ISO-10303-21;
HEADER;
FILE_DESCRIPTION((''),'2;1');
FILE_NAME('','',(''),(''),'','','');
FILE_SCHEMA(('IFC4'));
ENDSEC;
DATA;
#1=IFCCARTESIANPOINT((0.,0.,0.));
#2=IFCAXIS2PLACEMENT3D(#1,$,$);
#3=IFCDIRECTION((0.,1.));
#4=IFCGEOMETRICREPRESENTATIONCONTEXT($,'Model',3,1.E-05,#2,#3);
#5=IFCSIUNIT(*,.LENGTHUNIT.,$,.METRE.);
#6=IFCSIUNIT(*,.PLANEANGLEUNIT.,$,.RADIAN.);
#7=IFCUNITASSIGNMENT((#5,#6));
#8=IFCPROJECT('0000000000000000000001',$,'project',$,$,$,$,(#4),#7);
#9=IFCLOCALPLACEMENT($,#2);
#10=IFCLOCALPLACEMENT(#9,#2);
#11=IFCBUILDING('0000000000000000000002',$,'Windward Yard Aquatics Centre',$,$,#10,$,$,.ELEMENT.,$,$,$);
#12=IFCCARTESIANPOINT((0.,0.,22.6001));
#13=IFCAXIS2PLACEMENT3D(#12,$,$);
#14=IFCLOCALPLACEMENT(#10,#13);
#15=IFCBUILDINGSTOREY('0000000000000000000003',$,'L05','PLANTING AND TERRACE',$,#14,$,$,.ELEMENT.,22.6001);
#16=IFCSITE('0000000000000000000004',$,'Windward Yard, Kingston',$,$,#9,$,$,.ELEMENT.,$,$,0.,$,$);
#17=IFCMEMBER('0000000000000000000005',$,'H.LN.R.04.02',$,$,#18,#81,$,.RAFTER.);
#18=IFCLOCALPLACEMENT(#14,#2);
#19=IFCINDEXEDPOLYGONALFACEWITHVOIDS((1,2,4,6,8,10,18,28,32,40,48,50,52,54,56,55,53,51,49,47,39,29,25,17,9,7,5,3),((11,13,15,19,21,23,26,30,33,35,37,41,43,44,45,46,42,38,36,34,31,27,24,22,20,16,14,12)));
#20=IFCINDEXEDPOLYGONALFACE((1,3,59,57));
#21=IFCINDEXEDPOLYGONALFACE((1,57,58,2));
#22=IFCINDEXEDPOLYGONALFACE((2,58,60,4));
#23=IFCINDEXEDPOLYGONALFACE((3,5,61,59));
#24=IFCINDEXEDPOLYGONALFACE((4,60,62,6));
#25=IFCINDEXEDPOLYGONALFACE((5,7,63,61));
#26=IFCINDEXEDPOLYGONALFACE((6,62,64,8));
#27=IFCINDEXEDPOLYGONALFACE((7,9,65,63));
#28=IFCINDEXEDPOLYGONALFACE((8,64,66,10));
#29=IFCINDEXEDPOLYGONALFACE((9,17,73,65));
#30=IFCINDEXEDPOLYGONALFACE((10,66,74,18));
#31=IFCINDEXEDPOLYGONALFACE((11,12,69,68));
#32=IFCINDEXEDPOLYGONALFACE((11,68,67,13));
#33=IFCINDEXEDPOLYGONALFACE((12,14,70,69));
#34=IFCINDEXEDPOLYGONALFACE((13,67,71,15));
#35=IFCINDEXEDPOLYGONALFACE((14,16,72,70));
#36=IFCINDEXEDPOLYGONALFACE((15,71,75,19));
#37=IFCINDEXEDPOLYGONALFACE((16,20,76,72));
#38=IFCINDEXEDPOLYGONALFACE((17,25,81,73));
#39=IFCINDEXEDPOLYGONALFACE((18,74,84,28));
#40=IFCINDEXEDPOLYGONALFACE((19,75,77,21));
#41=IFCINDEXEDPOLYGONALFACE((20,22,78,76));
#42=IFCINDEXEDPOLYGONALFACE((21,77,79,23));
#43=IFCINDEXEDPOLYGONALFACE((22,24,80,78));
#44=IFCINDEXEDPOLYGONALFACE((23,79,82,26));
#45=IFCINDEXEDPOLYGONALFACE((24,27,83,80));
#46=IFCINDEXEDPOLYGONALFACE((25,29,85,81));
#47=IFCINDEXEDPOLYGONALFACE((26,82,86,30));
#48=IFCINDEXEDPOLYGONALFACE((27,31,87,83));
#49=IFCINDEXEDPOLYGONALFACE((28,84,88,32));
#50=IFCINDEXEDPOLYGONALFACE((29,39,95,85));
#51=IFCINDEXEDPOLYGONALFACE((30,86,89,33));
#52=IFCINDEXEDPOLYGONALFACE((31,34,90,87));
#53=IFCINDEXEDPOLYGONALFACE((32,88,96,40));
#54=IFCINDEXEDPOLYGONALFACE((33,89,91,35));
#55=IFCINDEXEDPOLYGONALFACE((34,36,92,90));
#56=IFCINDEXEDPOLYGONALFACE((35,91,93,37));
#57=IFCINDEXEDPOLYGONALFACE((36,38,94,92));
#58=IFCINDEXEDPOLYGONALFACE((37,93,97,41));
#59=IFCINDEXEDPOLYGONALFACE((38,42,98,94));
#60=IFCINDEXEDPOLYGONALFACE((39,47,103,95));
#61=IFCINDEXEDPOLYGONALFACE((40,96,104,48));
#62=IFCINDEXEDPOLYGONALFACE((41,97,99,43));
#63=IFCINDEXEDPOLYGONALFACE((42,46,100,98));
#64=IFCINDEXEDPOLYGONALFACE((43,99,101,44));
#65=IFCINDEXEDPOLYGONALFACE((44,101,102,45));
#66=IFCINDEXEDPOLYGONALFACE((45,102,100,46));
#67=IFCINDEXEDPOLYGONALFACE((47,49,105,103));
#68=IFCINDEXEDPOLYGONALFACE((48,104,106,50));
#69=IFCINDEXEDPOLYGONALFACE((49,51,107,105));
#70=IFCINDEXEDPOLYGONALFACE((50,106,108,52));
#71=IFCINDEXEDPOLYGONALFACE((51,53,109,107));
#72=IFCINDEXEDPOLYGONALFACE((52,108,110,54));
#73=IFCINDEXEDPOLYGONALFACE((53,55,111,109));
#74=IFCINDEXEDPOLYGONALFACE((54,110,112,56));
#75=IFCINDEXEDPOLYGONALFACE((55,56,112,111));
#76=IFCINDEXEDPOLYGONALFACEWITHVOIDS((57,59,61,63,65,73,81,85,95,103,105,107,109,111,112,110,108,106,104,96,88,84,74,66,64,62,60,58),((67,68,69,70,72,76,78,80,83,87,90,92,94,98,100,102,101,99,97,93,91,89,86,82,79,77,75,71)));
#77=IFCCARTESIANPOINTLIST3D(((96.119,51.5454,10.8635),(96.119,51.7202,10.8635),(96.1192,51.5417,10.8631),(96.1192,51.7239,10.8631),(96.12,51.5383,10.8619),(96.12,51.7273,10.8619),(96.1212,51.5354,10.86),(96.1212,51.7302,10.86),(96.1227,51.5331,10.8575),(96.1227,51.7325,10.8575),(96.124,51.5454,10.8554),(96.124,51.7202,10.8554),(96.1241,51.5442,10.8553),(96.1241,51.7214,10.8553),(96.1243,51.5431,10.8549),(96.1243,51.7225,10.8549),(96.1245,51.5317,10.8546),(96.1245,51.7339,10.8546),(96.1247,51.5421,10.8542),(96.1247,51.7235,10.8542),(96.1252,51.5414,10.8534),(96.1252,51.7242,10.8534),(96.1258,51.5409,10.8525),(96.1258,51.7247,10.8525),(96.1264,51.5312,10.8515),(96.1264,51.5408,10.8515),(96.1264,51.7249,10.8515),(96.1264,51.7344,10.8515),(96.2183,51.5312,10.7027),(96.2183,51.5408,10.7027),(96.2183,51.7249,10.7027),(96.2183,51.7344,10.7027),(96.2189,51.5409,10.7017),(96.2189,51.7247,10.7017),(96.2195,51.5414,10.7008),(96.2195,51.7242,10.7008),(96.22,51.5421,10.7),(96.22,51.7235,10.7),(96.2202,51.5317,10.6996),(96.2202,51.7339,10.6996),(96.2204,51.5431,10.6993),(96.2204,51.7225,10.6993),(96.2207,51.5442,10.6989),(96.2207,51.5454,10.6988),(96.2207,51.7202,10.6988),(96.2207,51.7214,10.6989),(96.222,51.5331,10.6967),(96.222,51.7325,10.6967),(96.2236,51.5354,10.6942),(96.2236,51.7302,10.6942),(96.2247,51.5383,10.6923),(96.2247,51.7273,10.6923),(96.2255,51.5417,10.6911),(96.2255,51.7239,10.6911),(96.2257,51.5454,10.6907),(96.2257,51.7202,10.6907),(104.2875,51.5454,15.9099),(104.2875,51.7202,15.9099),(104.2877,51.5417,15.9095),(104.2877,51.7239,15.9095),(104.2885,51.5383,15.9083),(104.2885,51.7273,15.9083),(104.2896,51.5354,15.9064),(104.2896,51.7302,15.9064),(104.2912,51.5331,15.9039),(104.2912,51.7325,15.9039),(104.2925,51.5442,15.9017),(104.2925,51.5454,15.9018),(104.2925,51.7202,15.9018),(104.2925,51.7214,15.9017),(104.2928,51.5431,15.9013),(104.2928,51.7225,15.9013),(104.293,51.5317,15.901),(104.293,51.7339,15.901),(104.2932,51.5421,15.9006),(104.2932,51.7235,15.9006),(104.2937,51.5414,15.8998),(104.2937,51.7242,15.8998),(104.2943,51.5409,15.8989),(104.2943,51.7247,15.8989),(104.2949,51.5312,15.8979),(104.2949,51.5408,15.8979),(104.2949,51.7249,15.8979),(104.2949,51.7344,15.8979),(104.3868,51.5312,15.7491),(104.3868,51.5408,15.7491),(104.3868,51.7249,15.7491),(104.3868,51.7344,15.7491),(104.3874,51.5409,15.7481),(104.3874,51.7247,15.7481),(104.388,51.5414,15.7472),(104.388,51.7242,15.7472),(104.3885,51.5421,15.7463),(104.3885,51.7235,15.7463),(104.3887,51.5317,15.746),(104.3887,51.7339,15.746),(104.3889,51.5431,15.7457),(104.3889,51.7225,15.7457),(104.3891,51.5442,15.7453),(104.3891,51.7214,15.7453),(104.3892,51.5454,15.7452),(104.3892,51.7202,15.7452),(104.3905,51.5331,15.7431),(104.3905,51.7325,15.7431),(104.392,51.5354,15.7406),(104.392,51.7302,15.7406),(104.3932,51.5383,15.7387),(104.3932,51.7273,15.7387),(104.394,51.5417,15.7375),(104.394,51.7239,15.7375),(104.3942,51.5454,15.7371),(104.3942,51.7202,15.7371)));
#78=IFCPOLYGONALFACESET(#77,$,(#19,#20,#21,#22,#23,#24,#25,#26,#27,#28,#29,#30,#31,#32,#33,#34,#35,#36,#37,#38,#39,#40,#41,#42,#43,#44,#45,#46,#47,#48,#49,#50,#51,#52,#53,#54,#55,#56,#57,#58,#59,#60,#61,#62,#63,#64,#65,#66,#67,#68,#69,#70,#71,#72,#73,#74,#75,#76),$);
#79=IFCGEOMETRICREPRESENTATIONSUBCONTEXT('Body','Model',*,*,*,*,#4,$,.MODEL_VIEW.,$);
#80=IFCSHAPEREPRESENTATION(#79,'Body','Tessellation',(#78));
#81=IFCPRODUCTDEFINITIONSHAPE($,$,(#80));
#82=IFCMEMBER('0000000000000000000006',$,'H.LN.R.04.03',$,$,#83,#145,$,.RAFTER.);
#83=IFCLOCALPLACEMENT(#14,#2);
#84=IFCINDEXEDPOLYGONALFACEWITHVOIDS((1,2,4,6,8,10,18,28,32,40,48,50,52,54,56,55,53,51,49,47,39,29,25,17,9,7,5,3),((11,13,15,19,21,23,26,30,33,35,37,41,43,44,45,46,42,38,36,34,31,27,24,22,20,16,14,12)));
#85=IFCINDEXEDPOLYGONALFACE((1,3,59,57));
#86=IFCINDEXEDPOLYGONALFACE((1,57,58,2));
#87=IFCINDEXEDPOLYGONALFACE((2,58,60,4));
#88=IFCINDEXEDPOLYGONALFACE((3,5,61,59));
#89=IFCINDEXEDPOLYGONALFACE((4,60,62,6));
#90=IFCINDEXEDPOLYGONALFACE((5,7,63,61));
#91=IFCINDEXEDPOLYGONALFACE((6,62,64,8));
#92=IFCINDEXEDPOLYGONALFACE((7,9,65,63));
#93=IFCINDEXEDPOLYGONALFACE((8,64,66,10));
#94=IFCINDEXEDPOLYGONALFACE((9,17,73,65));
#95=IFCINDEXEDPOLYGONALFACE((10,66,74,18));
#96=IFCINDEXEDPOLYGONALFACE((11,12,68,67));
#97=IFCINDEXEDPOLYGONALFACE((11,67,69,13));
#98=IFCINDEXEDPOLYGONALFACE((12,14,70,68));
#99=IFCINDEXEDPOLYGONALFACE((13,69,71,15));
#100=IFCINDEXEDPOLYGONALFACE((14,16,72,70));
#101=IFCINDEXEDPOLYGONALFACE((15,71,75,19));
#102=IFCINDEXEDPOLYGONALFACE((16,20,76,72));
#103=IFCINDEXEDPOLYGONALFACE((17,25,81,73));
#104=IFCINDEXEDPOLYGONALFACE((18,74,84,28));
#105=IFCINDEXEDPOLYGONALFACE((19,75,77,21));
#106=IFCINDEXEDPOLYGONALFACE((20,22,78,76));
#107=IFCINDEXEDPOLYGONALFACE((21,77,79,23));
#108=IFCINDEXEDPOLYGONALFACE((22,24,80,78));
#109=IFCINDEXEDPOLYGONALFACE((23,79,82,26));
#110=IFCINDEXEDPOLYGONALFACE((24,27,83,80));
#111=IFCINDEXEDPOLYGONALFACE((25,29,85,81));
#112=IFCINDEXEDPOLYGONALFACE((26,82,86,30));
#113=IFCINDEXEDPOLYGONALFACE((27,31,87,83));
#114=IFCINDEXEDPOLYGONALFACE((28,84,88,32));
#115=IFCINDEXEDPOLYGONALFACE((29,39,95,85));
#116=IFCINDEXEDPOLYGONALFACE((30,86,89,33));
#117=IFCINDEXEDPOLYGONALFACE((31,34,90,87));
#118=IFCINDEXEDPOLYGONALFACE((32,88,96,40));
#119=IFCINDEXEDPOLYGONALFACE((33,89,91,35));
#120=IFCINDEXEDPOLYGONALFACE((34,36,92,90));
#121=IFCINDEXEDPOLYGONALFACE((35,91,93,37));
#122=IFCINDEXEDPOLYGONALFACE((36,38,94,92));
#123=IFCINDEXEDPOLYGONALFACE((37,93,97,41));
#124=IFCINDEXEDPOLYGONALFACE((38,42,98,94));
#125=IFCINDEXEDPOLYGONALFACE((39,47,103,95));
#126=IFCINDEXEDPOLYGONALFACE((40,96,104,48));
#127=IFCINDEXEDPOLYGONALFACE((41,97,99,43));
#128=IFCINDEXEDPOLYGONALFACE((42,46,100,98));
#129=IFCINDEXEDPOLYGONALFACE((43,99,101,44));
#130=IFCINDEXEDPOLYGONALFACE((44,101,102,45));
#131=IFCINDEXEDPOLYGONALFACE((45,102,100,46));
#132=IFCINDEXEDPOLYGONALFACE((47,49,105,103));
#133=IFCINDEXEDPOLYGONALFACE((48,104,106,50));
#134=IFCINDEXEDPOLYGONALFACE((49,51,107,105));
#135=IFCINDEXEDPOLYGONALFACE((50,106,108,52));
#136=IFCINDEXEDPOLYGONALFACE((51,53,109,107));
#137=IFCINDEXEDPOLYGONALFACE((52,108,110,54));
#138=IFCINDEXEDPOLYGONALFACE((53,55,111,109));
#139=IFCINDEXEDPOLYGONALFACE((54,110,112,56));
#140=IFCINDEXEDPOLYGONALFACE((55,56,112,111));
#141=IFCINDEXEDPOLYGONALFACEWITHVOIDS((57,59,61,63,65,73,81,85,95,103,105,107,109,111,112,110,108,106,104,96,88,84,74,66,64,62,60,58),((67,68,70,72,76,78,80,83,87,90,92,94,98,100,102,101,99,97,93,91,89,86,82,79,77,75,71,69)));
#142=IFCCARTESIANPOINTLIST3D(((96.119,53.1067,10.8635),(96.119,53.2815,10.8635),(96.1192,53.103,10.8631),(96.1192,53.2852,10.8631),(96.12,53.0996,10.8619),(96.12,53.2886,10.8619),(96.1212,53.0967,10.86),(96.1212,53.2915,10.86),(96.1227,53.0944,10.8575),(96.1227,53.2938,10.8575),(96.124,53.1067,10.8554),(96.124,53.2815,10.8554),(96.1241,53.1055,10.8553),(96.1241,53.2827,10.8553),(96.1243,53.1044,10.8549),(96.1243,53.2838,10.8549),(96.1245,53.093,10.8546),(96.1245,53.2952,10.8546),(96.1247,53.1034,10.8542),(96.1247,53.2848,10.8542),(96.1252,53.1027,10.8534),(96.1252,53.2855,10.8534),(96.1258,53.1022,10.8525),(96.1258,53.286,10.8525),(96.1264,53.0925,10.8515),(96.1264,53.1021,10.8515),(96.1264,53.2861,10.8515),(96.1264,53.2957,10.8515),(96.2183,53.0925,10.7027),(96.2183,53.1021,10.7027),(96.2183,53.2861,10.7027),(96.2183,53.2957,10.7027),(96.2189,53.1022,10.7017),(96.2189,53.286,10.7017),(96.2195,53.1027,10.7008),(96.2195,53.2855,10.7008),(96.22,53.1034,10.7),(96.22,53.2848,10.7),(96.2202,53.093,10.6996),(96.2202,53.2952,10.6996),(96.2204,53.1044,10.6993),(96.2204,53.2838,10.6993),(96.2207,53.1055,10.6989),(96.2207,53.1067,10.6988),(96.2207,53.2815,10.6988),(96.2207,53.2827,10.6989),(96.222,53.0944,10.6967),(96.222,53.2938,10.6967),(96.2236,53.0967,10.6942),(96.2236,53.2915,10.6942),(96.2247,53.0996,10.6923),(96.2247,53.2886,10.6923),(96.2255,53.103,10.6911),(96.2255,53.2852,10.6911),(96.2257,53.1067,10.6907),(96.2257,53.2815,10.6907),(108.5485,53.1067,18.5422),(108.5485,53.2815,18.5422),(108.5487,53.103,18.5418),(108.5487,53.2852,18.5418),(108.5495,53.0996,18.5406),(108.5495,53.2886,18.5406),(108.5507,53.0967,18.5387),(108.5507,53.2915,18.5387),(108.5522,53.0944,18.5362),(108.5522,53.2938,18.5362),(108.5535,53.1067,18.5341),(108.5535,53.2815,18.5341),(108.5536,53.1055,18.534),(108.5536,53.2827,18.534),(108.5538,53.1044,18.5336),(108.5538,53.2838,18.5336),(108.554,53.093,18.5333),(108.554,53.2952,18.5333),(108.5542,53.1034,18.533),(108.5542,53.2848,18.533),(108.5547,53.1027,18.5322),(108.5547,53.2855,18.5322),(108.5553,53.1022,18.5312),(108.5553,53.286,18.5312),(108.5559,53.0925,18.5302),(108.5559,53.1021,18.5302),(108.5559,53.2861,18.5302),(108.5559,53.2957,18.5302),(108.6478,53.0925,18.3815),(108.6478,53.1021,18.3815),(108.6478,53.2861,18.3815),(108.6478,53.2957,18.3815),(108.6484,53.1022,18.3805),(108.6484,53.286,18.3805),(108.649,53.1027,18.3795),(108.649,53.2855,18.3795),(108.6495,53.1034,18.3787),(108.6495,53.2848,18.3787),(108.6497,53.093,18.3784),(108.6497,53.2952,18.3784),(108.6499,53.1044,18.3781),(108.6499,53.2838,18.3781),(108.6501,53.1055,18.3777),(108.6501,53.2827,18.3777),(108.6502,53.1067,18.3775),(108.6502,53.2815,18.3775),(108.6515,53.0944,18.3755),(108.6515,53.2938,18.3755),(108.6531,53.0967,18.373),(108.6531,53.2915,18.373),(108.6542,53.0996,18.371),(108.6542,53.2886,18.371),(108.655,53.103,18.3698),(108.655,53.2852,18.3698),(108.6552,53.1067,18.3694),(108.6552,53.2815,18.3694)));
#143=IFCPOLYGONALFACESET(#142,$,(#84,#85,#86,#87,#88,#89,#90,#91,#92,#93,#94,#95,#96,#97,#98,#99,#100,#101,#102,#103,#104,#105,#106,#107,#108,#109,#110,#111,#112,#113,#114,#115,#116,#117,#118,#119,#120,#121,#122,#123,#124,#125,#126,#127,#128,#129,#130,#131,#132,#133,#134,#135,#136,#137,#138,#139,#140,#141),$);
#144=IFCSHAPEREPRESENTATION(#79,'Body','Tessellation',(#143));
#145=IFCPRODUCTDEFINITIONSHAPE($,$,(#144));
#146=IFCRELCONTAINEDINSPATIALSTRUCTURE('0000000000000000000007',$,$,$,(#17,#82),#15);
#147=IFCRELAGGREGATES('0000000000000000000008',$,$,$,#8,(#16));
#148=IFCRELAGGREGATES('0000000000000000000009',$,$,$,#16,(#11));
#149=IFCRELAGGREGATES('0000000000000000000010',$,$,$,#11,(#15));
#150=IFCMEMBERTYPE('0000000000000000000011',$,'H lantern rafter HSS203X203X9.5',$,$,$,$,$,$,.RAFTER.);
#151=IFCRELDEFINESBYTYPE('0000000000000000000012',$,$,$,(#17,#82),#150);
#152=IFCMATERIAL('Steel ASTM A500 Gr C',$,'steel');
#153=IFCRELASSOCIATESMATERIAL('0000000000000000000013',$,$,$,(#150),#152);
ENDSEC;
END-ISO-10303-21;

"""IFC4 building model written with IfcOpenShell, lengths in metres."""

from ifc_helpers import new_model, si_unit, direction, frame, origin, origin_2d, place, context, subcontext, project, spatial, hollow_rectangle, extrude, material, material_profile, profile_set, type_object, element, save


model = new_model("IFC4")

# Units and contexts
model_context = context("Model", 3, precision=1e-05, world=origin(), true_north=direction((0.0, 1.0)))
body_context = subcontext(model_context, "Body", "Model", "MODEL_VIEW")
ifc_project = project(units=[si_unit("LENGTHUNIT", "METRE"), si_unit("PLANEANGLEUNIT", "RADIAN")], contexts=[model_context])

# Site, building, storey
site_placement = place(None, origin())
site = spatial("IfcSite", under=ifc_project, at=site_placement, Name="Windward Yard, Kingston", CompositionType="ELEMENT", RefElevation=0.0)
building_placement = place(site_placement, origin())
building = spatial("IfcBuilding", under=site, at=building_placement, Name="Windward Yard Aquatics Centre", CompositionType="ELEMENT")
storey_placement = place(building_placement, frame((0.0, 0.0, 22.6001)))
storey = spatial("IfcBuildingStorey", under=building, at=storey_placement, Name="L05", Description="PLANTING AND TERRACE", CompositionType="ELEMENT", Elevation=22.6001)

# Members
ifc_material_1 = material(Name="Steel ASTM A500 Gr C", Category="steel")
ifc_material_profile_1 = material_profile(ifc_material_1, hollow_rectangle(XDim=0.2031, YDim=0.2031, WallThickness=0.0095, InnerFilletRadius=0.0046, OuterFilletRadius=0.0142, at=origin_2d()), Name="HSS203X203X9.5")
ifc_profile_set_1 = profile_set([ifc_material_profile_1], Name="Steel ASTM A500 Gr C")
member_type_1 = type_object("IfcMemberType", Name="H lantern rafter HSS203X203X9.5", PredefinedType="RAFTER", material=ifc_profile_set_1)
member_1_placement = place(storey_placement, frame((96.1724, 51.6328, 10.7771), z_axis=(0.850744, 0.0, 0.525581), x_axis=(0.0, 1.0, 0.0)))
element("IfcMember", 1, at=member_1_placement, inside=storey, type_object=member_type_1, Name="H.LN.R.04.02", PredefinedType="RAFTER", context=body_context, shape_type="SweptSolid", body=[
    extrude(hollow_rectangle(XDim=0.2031, YDim=0.2031, WallThickness=0.0095, InnerFilletRadius=0.0046, OuterFilletRadius=0.0142, at=origin_2d()), origin(), (0.0, 0.0, 1.0), 9.6016),
])
member_2_placement = place(storey_placement, frame((96.1724, 53.1941, 10.7771), z_axis=(0.850746, 0.0, 0.525577), x_axis=(0.0, 1.0, 0.0)))
element("IfcMember", 2, at=member_2_placement, inside=storey, type_object=member_type_1, Name="H.LN.R.04.03", PredefinedType="RAFTER", context=body_context, shape_type="SweptSolid", body=[
    extrude(hollow_rectangle(XDim=0.2031, YDim=0.2031, WallThickness=0.0095, InnerFilletRadius=0.0046, OuterFilletRadius=0.0142, at=origin_2d()), origin(), (0.0, 0.0, 1.0), 14.6101),
])

save(model, "model.ifc")
